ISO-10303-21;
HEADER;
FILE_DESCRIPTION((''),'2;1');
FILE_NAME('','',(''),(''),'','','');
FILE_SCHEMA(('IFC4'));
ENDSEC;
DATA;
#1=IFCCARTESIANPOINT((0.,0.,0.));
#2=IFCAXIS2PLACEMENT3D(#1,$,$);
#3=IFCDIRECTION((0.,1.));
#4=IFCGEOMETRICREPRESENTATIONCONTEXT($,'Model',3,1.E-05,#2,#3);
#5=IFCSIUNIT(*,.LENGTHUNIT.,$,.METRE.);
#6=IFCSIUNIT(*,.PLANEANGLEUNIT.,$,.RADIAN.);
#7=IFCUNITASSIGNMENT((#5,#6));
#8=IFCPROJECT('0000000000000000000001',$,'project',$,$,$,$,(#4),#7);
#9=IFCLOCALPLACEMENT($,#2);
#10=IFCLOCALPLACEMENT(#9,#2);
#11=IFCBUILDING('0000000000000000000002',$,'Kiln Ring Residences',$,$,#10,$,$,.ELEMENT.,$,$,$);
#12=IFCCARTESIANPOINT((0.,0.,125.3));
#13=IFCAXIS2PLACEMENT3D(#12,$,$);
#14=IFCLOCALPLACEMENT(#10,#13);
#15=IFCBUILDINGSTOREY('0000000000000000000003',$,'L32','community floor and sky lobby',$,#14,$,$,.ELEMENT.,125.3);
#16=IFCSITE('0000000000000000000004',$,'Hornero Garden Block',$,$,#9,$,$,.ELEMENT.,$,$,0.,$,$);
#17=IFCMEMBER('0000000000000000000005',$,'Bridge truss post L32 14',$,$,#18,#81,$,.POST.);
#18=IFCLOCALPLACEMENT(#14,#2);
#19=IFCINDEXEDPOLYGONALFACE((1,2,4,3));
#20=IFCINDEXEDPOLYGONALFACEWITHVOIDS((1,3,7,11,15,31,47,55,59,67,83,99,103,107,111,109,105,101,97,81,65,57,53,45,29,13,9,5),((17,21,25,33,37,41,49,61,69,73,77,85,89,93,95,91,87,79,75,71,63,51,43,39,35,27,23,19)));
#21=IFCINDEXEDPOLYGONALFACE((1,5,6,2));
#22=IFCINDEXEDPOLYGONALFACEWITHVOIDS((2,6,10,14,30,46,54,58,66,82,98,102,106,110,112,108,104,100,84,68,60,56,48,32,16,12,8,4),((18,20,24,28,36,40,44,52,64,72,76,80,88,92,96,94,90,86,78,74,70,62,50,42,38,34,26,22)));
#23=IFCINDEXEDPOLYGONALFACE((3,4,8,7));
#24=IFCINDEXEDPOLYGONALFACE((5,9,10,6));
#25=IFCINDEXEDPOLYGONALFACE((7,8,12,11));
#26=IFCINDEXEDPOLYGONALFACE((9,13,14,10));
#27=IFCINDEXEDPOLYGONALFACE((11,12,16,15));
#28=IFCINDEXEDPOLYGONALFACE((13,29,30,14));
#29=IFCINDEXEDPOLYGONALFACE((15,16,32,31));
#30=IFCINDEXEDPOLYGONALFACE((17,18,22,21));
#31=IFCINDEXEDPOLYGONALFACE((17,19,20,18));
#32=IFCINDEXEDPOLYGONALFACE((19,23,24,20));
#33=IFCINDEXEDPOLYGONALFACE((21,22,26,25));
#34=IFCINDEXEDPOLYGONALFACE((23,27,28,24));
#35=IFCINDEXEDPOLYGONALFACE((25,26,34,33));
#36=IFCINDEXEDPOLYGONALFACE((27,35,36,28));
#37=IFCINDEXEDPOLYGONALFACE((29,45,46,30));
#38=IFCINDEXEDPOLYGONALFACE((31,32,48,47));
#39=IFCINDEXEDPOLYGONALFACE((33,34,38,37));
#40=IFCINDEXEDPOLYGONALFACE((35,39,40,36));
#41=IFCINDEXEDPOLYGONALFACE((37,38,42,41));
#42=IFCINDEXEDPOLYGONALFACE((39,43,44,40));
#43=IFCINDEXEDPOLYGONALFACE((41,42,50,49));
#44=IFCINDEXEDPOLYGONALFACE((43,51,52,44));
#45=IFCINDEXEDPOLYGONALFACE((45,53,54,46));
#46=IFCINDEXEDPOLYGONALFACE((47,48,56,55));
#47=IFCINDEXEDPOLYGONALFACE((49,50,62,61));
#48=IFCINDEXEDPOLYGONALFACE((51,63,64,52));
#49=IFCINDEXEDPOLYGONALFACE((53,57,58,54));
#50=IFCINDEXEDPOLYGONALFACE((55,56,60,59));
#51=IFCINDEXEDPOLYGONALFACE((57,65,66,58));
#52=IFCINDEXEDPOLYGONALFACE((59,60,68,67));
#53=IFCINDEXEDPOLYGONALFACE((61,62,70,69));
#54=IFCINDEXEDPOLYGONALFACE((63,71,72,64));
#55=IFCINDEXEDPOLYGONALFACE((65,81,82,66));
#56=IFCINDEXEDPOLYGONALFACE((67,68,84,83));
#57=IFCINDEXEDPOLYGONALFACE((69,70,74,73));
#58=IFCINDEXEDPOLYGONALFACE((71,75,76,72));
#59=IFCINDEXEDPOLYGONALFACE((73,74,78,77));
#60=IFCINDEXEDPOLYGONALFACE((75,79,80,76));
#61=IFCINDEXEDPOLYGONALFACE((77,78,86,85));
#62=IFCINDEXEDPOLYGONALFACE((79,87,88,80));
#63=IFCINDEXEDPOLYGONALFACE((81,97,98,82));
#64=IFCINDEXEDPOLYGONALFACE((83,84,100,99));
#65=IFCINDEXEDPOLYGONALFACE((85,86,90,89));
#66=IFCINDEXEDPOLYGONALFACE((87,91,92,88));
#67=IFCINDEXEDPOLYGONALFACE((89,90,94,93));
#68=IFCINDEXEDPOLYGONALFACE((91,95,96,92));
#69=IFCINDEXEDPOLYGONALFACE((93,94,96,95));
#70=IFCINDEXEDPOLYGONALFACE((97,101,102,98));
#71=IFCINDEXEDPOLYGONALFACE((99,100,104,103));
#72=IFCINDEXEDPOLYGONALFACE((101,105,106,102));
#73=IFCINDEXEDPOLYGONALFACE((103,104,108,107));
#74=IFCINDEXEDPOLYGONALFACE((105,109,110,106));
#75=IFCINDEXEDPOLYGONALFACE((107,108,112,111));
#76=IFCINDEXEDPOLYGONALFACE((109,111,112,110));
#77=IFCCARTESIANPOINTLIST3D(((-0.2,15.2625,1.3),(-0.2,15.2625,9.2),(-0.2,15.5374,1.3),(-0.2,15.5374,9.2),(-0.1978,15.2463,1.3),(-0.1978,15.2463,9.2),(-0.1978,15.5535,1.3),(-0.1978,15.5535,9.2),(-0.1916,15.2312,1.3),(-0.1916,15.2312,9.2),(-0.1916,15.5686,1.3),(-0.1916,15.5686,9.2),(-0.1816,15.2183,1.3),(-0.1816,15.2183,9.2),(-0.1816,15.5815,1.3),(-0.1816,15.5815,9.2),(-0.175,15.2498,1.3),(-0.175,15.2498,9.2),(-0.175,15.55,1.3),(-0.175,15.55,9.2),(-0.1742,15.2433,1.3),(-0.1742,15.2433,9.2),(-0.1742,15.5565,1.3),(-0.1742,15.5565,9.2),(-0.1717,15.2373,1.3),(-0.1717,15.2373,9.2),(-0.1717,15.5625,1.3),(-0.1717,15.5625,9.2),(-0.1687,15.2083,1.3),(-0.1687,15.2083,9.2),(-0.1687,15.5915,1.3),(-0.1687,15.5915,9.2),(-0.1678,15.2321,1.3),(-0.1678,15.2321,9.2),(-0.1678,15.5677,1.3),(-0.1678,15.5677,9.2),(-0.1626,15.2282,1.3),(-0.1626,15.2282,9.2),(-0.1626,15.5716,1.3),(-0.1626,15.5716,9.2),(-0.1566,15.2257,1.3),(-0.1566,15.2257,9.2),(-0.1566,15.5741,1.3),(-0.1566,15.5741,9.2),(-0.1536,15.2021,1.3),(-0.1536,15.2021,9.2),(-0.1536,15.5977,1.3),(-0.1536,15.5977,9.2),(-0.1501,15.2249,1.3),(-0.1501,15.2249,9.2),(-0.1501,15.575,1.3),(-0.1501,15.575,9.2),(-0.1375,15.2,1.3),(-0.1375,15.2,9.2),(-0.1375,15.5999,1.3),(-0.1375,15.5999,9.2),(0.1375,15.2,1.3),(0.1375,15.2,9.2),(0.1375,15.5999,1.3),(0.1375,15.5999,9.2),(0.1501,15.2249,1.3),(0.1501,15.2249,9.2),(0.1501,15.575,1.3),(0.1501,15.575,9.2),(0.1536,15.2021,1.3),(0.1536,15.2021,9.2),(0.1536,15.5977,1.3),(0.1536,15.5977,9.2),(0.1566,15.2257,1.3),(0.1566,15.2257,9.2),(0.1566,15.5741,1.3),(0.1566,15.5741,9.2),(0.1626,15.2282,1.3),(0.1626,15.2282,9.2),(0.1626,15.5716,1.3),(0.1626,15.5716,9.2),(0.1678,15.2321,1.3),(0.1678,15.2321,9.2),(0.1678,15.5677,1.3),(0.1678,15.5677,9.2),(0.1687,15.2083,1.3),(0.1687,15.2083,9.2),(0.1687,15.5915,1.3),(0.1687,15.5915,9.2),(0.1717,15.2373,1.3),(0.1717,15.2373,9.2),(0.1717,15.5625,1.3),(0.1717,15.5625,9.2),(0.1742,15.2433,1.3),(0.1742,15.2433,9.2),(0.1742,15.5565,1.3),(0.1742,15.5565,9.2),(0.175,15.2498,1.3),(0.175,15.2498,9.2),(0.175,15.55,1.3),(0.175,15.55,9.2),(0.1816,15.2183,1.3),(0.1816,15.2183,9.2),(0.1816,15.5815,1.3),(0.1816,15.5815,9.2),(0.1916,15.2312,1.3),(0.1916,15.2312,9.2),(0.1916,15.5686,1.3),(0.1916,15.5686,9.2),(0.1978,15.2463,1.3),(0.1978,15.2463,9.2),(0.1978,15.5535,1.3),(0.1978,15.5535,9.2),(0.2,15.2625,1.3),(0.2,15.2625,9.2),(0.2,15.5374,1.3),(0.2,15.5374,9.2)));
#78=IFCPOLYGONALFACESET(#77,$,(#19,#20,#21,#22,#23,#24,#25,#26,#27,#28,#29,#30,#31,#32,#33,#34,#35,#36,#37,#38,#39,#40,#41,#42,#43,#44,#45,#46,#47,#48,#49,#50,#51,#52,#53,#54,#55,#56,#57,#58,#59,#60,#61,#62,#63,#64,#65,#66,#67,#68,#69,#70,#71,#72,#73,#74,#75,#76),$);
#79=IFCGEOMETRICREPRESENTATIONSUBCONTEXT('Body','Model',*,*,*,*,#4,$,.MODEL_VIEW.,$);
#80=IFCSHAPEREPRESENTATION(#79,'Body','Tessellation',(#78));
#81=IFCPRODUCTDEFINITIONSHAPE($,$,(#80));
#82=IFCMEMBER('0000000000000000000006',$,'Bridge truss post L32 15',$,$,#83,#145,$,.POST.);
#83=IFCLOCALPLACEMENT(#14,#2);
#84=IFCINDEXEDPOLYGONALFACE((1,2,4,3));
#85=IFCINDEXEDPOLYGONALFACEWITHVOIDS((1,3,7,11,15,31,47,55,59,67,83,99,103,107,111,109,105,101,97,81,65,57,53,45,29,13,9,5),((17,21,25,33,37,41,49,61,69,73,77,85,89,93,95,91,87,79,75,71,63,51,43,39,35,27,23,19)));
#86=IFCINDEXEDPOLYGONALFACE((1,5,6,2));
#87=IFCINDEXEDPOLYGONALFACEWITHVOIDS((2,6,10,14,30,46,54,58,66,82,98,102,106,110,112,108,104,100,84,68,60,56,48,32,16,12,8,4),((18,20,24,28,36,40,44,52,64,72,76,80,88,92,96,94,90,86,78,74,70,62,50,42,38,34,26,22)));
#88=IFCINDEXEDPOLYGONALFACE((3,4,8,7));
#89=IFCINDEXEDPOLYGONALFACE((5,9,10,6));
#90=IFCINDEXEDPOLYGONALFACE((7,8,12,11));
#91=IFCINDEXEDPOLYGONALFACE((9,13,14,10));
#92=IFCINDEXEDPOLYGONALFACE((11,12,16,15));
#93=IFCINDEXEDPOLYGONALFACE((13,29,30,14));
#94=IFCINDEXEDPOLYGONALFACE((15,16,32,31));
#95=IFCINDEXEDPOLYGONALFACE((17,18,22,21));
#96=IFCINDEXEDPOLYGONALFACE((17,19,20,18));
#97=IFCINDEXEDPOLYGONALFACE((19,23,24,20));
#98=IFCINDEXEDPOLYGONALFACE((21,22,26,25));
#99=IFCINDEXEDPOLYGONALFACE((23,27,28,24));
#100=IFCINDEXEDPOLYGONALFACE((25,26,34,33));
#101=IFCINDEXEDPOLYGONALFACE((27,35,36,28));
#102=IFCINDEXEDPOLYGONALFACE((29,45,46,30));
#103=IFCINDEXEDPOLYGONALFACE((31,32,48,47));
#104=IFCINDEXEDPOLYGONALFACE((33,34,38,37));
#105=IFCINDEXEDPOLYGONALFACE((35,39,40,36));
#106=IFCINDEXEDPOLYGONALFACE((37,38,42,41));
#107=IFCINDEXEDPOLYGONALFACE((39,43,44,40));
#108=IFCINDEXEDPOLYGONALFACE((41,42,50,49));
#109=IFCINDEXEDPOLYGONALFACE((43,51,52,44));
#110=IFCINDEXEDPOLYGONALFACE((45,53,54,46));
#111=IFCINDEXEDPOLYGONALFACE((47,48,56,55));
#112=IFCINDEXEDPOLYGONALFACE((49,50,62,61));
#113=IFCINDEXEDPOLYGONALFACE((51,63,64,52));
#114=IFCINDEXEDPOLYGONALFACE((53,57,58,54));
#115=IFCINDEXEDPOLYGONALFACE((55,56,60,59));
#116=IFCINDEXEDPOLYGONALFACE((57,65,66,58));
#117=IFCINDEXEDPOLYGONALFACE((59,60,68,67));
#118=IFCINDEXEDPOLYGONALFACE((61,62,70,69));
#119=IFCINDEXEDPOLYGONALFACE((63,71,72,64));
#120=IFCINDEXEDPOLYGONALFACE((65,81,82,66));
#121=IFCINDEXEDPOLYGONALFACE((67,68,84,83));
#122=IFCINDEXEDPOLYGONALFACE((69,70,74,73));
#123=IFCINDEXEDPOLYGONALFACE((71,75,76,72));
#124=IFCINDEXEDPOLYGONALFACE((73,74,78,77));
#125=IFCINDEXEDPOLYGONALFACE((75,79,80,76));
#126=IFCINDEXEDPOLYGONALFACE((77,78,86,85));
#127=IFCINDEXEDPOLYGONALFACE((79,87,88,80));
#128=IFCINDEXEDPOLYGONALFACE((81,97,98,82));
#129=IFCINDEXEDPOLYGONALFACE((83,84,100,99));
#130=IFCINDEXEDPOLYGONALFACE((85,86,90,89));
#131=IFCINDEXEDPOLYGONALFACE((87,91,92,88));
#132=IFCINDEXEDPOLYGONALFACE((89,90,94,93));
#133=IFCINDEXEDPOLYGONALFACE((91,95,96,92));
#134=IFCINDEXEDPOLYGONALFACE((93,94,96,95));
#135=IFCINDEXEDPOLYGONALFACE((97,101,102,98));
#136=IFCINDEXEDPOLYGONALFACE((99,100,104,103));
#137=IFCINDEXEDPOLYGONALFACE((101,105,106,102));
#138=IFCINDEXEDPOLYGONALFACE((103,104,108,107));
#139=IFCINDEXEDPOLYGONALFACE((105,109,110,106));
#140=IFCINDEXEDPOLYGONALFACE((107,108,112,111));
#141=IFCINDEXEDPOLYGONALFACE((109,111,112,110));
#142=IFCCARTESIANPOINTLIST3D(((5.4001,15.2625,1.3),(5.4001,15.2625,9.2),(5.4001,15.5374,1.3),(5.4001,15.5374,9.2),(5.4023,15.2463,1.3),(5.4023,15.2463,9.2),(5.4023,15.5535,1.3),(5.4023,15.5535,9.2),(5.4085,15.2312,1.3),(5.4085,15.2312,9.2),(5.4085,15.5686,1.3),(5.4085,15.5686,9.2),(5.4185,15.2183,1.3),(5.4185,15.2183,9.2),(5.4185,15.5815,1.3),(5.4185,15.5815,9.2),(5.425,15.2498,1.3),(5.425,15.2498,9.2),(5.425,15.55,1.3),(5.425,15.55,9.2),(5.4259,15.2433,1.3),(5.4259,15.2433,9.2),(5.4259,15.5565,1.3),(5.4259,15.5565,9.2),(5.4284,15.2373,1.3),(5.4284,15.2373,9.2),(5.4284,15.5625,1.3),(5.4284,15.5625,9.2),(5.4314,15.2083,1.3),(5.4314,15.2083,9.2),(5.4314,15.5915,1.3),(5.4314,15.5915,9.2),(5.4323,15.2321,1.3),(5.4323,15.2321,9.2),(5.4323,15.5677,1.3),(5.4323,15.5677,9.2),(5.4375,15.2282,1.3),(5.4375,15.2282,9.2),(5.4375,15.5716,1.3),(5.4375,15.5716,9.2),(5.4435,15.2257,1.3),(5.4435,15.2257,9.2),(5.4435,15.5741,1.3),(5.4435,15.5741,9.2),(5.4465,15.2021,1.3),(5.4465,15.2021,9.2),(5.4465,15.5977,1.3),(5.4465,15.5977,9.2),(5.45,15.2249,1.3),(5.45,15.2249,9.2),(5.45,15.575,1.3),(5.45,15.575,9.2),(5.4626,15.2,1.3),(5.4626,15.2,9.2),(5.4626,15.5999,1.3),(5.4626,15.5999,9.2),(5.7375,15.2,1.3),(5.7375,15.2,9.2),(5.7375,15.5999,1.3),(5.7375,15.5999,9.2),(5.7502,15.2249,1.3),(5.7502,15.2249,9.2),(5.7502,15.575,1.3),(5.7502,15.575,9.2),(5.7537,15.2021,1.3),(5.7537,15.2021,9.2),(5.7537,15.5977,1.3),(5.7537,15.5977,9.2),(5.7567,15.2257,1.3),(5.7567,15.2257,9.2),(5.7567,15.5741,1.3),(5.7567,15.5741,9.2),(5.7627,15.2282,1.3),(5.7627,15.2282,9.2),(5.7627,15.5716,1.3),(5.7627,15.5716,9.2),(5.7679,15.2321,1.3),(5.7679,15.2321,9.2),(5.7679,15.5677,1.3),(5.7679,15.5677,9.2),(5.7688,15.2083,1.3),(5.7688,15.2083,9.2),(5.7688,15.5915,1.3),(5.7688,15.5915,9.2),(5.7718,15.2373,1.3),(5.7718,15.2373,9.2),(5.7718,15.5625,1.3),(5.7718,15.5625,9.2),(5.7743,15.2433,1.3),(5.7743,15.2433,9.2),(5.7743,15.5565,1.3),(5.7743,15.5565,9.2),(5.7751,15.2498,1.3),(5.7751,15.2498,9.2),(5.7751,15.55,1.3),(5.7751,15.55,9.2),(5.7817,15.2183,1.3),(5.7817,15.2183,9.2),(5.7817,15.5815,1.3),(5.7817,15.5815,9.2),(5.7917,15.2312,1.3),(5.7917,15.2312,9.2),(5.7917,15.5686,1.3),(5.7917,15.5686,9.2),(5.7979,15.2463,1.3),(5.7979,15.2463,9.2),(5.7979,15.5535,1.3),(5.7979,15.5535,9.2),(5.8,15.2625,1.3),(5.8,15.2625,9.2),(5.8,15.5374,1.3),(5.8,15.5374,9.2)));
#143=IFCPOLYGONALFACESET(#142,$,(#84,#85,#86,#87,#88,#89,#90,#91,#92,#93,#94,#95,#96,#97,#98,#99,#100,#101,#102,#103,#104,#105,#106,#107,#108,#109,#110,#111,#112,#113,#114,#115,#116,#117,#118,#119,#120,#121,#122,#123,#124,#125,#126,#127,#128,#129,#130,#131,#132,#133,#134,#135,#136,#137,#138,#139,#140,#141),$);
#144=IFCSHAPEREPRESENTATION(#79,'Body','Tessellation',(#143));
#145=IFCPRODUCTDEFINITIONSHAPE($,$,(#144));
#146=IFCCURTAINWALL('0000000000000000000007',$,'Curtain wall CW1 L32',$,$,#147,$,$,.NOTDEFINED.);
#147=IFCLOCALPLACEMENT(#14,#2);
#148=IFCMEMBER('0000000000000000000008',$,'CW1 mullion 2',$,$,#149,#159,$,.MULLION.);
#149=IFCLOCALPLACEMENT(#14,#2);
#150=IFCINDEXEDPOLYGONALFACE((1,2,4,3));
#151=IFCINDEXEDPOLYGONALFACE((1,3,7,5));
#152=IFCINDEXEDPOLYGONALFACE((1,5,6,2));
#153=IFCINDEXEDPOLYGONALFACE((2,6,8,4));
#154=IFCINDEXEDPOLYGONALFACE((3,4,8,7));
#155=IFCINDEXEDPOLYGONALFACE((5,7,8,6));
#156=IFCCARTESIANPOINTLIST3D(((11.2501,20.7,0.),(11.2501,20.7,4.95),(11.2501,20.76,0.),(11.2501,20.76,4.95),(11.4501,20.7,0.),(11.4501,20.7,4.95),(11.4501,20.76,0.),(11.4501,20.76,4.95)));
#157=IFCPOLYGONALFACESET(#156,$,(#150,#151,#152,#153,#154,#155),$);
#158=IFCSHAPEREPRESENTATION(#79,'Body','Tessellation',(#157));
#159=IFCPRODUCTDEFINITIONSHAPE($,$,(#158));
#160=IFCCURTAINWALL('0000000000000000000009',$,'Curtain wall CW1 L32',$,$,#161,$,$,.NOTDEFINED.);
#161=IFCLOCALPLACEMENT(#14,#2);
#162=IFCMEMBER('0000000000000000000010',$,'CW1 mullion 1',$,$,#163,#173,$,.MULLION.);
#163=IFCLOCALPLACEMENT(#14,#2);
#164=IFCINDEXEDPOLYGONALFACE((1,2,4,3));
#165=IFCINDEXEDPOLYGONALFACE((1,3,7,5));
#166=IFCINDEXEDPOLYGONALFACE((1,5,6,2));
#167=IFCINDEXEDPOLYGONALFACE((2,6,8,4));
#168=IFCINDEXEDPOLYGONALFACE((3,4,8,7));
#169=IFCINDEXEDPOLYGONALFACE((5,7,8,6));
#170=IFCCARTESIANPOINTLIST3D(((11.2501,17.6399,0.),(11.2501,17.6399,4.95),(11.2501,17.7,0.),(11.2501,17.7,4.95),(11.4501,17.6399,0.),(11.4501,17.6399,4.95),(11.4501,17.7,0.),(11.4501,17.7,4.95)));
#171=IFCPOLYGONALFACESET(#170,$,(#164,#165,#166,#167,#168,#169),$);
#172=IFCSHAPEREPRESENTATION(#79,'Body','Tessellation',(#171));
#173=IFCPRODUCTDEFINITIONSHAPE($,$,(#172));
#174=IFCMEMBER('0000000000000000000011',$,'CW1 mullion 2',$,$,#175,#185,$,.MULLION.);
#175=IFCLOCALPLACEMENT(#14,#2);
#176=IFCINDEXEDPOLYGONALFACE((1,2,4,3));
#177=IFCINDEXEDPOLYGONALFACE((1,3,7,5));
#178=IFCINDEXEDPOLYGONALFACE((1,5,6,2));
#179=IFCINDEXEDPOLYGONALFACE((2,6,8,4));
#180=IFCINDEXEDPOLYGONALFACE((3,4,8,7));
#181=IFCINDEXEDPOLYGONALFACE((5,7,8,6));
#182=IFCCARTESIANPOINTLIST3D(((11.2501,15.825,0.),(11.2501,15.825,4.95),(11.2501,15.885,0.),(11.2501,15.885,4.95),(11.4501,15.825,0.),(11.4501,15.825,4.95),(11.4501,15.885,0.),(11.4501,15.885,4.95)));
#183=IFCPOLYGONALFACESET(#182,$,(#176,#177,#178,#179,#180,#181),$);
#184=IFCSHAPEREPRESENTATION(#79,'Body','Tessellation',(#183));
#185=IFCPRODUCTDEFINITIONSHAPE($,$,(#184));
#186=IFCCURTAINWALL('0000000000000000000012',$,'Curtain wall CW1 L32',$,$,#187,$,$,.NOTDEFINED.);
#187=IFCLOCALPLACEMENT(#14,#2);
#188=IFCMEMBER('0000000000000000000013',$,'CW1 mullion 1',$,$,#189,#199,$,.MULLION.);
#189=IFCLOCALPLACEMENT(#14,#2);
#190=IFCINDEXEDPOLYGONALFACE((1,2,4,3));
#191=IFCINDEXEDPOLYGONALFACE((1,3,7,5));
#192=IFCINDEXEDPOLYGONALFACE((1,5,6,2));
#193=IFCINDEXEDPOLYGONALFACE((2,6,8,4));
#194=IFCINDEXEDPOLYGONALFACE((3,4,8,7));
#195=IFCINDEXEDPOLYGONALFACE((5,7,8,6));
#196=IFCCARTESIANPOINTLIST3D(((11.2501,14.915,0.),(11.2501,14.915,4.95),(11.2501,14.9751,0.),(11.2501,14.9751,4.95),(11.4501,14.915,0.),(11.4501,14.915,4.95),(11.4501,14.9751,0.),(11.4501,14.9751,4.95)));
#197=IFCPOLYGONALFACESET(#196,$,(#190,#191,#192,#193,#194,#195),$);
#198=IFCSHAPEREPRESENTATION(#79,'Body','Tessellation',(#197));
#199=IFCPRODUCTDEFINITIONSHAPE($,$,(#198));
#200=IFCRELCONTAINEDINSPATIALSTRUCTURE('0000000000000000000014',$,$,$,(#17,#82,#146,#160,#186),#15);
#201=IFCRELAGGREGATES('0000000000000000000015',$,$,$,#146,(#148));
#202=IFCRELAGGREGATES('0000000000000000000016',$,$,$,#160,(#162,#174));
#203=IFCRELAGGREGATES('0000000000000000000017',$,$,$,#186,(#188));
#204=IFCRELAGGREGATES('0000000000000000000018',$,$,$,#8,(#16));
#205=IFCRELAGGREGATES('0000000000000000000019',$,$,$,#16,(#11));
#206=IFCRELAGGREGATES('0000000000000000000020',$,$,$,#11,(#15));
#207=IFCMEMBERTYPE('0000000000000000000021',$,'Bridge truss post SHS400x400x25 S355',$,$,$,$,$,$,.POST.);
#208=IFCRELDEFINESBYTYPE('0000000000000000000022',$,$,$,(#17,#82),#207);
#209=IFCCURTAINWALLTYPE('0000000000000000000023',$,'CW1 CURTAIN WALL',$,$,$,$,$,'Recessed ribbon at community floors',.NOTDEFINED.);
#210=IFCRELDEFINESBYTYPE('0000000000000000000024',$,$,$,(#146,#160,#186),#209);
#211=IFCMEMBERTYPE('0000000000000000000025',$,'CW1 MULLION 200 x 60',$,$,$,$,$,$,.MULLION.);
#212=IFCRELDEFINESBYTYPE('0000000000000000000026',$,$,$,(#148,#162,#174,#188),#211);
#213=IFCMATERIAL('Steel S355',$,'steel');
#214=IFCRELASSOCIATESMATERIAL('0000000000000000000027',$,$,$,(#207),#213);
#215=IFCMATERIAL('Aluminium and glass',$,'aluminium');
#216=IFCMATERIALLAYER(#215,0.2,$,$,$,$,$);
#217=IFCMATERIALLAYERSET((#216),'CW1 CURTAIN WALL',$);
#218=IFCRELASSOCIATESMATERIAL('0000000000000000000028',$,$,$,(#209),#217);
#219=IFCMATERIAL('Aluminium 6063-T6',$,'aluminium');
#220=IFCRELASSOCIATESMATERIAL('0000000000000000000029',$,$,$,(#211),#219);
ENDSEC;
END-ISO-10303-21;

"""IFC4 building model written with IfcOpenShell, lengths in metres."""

from ifc_helpers import new_model, si_unit, direction, frame, origin, origin_2d, place, context, subcontext, project, spatial, rectangle, hollow_rectangle, extrude, material, layer, layer_set, material_profile, profile_set, type_object, element, aggregate, save


model = new_model("IFC4")

# Units and contexts
model_context = context("Model", 3, precision=1e-05, world=origin(), true_north=direction((0.0, 1.0)))
body_context = subcontext(model_context, "Body", "Model", "MODEL_VIEW")
ifc_project = project(units=[si_unit("LENGTHUNIT", "METRE"), si_unit("PLANEANGLEUNIT", "RADIAN")], contexts=[model_context])

# Site, building, storey
site_placement = place(None, origin())
site = spatial("IfcSite", under=ifc_project, at=site_placement, Name="Hornero Garden Block", CompositionType="ELEMENT", RefElevation=0.0)
building_placement = place(site_placement, origin())
building = spatial("IfcBuilding", under=site, at=building_placement, Name="Kiln Ring Residences", CompositionType="ELEMENT")
storey_placement = place(building_placement, frame((0.0, 0.0, 125.3)))
storey = spatial("IfcBuildingStorey", under=building, at=storey_placement, Name="L32", Description="community floor and sky lobby", CompositionType="ELEMENT", Elevation=125.3)

# Members
ifc_material_1 = material(Name="Steel S355", Category="steel")
ifc_material_profile_1 = material_profile(ifc_material_1, hollow_rectangle(XDim=0.3999, YDim=0.3999, WallThickness=0.0249, InnerFilletRadius=0.0249, OuterFilletRadius=0.0625, at=origin_2d()), Name="SHS400x400x25")
ifc_profile_set_1 = profile_set([ifc_material_profile_1], Name="Steel S355")
member_type_1 = type_object("IfcMemberType", Name="Bridge truss post SHS400x400x25 S355", PredefinedType="POST", material=ifc_profile_set_1)
for number, where, z_axis, x_axis, name in (
    (1, (0.0, 15.3999, 1.3), (0.0, 0.0, 1.0), (1.0, 0.0, 0.0), "Bridge truss post L32 14"),
    (2, (5.6001, 15.3999, 1.3), (0.0, 0.0, 1.0), (1.0, 0.0, 0.0), "Bridge truss post L32 15"),
):
    element("IfcMember", number, at=place(storey_placement, frame(where, z_axis=z_axis, x_axis=x_axis)), inside=storey, type_object=member_type_1, Name=name, PredefinedType="POST", context=body_context, shape_type="SweptSolid", body=[
        extrude(hollow_rectangle(XDim=0.3999, YDim=0.3999, WallThickness=0.0249, InnerFilletRadius=0.0249, OuterFilletRadius=0.0625, at=origin_2d()), origin(), (0.0, 0.0, 1.0), 7.8999),
    ])

# Curtain wall, member
ifc_material_2 = material(Name="Aluminium and glass", Category="aluminium")
ifc_layer_1 = layer(ifc_material_2, 0.2)
ifc_layer_set_1 = layer_set([ifc_layer_1], Name="CW1 CURTAIN WALL")
curtain_wall_type = type_object("IfcCurtainWallType", Name="CW1 CURTAIN WALL", ElementType="Recessed ribbon at community floors", PredefinedType="NOTDEFINED", material=ifc_layer_set_1)
placement = place(storey_placement, origin())
curtain_wall_1 = element("IfcCurtainWall", 3, at=placement, inside=storey, type_object=curtain_wall_type, Name="Curtain wall CW1 L32", PredefinedType="NOTDEFINED")
ifc_material_3 = material(Name="Aluminium 6063-T6", Category="aluminium")
ifc_material_profile_2 = material_profile(ifc_material_3, rectangle(XDim=0.2, YDim=0.0601, at=origin_2d()), Name="AL 200x60")
ifc_profile_set_2 = profile_set([ifc_material_profile_2], Name="Aluminium 6063-T6")
member_type_2 = type_object("IfcMemberType", Name="CW1 MULLION 200 x 60", PredefinedType="MULLION", material=ifc_profile_set_2)
member_1_placement = place(storey_placement, frame((11.3501, 20.73, 0.0), z_axis=(0.0, 0.0, 1.0), x_axis=(1.0, 0.0, 0.0)))
member_1 = element("IfcMember", 4, at=member_1_placement, type_object=member_type_2, Name="CW1 mullion 2", PredefinedType="MULLION", context=body_context, shape_type="SweptSolid", body=[
    extrude(rectangle(XDim=0.2, YDim=0.0601, at=origin_2d()), origin(), (0.0, 0.0, 1.0), 4.95),
])

# Curtain wall, members
curtain_wall_2 = element("IfcCurtainWall", 5, at=placement, inside=storey, type_object=curtain_wall_type, Name="Curtain wall CW1 L32", PredefinedType="NOTDEFINED")
member_2_placement = place(storey_placement, frame((11.3501, 17.6699, 0.0), z_axis=(0.0, 0.0, 1.0), x_axis=(1.0, 0.0, 0.0)))
member_2 = element("IfcMember", 6, at=member_2_placement, type_object=member_type_2, Name="CW1 mullion 1", PredefinedType="MULLION", context=body_context, shape_type="SweptSolid", body=[
    extrude(rectangle(XDim=0.2, YDim=0.0601, at=origin_2d()), origin(), (0.0, 0.0, 1.0), 4.95),
])
member_3_placement = place(storey_placement, frame((11.3501, 15.855, 0.0), z_axis=(0.0, 0.0, 1.0), x_axis=(1.0, 0.0, 0.0)))
member_3 = element("IfcMember", 7, at=member_3_placement, type_object=member_type_2, Name="CW1 mullion 2", PredefinedType="MULLION", context=body_context, shape_type="SweptSolid", body=[
    extrude(rectangle(XDim=0.2, YDim=0.0601, at=origin_2d()), origin(), (0.0, 0.0, 1.0), 4.95),
])

# Curtain wall, member
curtain_wall_3 = element("IfcCurtainWall", 8, at=placement, inside=storey, type_object=curtain_wall_type, Name="Curtain wall CW1 L32", PredefinedType="NOTDEFINED")
member_4_placement = place(storey_placement, frame((11.3501, 14.9451, 0.0), z_axis=(0.0, 0.0, 1.0), x_axis=(1.0, 0.0, 0.0)))
member_4 = element("IfcMember", 9, at=member_4_placement, type_object=member_type_2, Name="CW1 mullion 1", PredefinedType="MULLION", context=body_context, shape_type="SweptSolid", body=[
    extrude(rectangle(XDim=0.2, YDim=0.0601, at=origin_2d()), origin(), (0.0, 0.0, 1.0), 4.95),
])

aggregate(curtain_wall_1, [member_1])
aggregate(curtain_wall_2, [member_2, member_3])
aggregate(curtain_wall_3, [member_4])

save(model, "model.ifc")
